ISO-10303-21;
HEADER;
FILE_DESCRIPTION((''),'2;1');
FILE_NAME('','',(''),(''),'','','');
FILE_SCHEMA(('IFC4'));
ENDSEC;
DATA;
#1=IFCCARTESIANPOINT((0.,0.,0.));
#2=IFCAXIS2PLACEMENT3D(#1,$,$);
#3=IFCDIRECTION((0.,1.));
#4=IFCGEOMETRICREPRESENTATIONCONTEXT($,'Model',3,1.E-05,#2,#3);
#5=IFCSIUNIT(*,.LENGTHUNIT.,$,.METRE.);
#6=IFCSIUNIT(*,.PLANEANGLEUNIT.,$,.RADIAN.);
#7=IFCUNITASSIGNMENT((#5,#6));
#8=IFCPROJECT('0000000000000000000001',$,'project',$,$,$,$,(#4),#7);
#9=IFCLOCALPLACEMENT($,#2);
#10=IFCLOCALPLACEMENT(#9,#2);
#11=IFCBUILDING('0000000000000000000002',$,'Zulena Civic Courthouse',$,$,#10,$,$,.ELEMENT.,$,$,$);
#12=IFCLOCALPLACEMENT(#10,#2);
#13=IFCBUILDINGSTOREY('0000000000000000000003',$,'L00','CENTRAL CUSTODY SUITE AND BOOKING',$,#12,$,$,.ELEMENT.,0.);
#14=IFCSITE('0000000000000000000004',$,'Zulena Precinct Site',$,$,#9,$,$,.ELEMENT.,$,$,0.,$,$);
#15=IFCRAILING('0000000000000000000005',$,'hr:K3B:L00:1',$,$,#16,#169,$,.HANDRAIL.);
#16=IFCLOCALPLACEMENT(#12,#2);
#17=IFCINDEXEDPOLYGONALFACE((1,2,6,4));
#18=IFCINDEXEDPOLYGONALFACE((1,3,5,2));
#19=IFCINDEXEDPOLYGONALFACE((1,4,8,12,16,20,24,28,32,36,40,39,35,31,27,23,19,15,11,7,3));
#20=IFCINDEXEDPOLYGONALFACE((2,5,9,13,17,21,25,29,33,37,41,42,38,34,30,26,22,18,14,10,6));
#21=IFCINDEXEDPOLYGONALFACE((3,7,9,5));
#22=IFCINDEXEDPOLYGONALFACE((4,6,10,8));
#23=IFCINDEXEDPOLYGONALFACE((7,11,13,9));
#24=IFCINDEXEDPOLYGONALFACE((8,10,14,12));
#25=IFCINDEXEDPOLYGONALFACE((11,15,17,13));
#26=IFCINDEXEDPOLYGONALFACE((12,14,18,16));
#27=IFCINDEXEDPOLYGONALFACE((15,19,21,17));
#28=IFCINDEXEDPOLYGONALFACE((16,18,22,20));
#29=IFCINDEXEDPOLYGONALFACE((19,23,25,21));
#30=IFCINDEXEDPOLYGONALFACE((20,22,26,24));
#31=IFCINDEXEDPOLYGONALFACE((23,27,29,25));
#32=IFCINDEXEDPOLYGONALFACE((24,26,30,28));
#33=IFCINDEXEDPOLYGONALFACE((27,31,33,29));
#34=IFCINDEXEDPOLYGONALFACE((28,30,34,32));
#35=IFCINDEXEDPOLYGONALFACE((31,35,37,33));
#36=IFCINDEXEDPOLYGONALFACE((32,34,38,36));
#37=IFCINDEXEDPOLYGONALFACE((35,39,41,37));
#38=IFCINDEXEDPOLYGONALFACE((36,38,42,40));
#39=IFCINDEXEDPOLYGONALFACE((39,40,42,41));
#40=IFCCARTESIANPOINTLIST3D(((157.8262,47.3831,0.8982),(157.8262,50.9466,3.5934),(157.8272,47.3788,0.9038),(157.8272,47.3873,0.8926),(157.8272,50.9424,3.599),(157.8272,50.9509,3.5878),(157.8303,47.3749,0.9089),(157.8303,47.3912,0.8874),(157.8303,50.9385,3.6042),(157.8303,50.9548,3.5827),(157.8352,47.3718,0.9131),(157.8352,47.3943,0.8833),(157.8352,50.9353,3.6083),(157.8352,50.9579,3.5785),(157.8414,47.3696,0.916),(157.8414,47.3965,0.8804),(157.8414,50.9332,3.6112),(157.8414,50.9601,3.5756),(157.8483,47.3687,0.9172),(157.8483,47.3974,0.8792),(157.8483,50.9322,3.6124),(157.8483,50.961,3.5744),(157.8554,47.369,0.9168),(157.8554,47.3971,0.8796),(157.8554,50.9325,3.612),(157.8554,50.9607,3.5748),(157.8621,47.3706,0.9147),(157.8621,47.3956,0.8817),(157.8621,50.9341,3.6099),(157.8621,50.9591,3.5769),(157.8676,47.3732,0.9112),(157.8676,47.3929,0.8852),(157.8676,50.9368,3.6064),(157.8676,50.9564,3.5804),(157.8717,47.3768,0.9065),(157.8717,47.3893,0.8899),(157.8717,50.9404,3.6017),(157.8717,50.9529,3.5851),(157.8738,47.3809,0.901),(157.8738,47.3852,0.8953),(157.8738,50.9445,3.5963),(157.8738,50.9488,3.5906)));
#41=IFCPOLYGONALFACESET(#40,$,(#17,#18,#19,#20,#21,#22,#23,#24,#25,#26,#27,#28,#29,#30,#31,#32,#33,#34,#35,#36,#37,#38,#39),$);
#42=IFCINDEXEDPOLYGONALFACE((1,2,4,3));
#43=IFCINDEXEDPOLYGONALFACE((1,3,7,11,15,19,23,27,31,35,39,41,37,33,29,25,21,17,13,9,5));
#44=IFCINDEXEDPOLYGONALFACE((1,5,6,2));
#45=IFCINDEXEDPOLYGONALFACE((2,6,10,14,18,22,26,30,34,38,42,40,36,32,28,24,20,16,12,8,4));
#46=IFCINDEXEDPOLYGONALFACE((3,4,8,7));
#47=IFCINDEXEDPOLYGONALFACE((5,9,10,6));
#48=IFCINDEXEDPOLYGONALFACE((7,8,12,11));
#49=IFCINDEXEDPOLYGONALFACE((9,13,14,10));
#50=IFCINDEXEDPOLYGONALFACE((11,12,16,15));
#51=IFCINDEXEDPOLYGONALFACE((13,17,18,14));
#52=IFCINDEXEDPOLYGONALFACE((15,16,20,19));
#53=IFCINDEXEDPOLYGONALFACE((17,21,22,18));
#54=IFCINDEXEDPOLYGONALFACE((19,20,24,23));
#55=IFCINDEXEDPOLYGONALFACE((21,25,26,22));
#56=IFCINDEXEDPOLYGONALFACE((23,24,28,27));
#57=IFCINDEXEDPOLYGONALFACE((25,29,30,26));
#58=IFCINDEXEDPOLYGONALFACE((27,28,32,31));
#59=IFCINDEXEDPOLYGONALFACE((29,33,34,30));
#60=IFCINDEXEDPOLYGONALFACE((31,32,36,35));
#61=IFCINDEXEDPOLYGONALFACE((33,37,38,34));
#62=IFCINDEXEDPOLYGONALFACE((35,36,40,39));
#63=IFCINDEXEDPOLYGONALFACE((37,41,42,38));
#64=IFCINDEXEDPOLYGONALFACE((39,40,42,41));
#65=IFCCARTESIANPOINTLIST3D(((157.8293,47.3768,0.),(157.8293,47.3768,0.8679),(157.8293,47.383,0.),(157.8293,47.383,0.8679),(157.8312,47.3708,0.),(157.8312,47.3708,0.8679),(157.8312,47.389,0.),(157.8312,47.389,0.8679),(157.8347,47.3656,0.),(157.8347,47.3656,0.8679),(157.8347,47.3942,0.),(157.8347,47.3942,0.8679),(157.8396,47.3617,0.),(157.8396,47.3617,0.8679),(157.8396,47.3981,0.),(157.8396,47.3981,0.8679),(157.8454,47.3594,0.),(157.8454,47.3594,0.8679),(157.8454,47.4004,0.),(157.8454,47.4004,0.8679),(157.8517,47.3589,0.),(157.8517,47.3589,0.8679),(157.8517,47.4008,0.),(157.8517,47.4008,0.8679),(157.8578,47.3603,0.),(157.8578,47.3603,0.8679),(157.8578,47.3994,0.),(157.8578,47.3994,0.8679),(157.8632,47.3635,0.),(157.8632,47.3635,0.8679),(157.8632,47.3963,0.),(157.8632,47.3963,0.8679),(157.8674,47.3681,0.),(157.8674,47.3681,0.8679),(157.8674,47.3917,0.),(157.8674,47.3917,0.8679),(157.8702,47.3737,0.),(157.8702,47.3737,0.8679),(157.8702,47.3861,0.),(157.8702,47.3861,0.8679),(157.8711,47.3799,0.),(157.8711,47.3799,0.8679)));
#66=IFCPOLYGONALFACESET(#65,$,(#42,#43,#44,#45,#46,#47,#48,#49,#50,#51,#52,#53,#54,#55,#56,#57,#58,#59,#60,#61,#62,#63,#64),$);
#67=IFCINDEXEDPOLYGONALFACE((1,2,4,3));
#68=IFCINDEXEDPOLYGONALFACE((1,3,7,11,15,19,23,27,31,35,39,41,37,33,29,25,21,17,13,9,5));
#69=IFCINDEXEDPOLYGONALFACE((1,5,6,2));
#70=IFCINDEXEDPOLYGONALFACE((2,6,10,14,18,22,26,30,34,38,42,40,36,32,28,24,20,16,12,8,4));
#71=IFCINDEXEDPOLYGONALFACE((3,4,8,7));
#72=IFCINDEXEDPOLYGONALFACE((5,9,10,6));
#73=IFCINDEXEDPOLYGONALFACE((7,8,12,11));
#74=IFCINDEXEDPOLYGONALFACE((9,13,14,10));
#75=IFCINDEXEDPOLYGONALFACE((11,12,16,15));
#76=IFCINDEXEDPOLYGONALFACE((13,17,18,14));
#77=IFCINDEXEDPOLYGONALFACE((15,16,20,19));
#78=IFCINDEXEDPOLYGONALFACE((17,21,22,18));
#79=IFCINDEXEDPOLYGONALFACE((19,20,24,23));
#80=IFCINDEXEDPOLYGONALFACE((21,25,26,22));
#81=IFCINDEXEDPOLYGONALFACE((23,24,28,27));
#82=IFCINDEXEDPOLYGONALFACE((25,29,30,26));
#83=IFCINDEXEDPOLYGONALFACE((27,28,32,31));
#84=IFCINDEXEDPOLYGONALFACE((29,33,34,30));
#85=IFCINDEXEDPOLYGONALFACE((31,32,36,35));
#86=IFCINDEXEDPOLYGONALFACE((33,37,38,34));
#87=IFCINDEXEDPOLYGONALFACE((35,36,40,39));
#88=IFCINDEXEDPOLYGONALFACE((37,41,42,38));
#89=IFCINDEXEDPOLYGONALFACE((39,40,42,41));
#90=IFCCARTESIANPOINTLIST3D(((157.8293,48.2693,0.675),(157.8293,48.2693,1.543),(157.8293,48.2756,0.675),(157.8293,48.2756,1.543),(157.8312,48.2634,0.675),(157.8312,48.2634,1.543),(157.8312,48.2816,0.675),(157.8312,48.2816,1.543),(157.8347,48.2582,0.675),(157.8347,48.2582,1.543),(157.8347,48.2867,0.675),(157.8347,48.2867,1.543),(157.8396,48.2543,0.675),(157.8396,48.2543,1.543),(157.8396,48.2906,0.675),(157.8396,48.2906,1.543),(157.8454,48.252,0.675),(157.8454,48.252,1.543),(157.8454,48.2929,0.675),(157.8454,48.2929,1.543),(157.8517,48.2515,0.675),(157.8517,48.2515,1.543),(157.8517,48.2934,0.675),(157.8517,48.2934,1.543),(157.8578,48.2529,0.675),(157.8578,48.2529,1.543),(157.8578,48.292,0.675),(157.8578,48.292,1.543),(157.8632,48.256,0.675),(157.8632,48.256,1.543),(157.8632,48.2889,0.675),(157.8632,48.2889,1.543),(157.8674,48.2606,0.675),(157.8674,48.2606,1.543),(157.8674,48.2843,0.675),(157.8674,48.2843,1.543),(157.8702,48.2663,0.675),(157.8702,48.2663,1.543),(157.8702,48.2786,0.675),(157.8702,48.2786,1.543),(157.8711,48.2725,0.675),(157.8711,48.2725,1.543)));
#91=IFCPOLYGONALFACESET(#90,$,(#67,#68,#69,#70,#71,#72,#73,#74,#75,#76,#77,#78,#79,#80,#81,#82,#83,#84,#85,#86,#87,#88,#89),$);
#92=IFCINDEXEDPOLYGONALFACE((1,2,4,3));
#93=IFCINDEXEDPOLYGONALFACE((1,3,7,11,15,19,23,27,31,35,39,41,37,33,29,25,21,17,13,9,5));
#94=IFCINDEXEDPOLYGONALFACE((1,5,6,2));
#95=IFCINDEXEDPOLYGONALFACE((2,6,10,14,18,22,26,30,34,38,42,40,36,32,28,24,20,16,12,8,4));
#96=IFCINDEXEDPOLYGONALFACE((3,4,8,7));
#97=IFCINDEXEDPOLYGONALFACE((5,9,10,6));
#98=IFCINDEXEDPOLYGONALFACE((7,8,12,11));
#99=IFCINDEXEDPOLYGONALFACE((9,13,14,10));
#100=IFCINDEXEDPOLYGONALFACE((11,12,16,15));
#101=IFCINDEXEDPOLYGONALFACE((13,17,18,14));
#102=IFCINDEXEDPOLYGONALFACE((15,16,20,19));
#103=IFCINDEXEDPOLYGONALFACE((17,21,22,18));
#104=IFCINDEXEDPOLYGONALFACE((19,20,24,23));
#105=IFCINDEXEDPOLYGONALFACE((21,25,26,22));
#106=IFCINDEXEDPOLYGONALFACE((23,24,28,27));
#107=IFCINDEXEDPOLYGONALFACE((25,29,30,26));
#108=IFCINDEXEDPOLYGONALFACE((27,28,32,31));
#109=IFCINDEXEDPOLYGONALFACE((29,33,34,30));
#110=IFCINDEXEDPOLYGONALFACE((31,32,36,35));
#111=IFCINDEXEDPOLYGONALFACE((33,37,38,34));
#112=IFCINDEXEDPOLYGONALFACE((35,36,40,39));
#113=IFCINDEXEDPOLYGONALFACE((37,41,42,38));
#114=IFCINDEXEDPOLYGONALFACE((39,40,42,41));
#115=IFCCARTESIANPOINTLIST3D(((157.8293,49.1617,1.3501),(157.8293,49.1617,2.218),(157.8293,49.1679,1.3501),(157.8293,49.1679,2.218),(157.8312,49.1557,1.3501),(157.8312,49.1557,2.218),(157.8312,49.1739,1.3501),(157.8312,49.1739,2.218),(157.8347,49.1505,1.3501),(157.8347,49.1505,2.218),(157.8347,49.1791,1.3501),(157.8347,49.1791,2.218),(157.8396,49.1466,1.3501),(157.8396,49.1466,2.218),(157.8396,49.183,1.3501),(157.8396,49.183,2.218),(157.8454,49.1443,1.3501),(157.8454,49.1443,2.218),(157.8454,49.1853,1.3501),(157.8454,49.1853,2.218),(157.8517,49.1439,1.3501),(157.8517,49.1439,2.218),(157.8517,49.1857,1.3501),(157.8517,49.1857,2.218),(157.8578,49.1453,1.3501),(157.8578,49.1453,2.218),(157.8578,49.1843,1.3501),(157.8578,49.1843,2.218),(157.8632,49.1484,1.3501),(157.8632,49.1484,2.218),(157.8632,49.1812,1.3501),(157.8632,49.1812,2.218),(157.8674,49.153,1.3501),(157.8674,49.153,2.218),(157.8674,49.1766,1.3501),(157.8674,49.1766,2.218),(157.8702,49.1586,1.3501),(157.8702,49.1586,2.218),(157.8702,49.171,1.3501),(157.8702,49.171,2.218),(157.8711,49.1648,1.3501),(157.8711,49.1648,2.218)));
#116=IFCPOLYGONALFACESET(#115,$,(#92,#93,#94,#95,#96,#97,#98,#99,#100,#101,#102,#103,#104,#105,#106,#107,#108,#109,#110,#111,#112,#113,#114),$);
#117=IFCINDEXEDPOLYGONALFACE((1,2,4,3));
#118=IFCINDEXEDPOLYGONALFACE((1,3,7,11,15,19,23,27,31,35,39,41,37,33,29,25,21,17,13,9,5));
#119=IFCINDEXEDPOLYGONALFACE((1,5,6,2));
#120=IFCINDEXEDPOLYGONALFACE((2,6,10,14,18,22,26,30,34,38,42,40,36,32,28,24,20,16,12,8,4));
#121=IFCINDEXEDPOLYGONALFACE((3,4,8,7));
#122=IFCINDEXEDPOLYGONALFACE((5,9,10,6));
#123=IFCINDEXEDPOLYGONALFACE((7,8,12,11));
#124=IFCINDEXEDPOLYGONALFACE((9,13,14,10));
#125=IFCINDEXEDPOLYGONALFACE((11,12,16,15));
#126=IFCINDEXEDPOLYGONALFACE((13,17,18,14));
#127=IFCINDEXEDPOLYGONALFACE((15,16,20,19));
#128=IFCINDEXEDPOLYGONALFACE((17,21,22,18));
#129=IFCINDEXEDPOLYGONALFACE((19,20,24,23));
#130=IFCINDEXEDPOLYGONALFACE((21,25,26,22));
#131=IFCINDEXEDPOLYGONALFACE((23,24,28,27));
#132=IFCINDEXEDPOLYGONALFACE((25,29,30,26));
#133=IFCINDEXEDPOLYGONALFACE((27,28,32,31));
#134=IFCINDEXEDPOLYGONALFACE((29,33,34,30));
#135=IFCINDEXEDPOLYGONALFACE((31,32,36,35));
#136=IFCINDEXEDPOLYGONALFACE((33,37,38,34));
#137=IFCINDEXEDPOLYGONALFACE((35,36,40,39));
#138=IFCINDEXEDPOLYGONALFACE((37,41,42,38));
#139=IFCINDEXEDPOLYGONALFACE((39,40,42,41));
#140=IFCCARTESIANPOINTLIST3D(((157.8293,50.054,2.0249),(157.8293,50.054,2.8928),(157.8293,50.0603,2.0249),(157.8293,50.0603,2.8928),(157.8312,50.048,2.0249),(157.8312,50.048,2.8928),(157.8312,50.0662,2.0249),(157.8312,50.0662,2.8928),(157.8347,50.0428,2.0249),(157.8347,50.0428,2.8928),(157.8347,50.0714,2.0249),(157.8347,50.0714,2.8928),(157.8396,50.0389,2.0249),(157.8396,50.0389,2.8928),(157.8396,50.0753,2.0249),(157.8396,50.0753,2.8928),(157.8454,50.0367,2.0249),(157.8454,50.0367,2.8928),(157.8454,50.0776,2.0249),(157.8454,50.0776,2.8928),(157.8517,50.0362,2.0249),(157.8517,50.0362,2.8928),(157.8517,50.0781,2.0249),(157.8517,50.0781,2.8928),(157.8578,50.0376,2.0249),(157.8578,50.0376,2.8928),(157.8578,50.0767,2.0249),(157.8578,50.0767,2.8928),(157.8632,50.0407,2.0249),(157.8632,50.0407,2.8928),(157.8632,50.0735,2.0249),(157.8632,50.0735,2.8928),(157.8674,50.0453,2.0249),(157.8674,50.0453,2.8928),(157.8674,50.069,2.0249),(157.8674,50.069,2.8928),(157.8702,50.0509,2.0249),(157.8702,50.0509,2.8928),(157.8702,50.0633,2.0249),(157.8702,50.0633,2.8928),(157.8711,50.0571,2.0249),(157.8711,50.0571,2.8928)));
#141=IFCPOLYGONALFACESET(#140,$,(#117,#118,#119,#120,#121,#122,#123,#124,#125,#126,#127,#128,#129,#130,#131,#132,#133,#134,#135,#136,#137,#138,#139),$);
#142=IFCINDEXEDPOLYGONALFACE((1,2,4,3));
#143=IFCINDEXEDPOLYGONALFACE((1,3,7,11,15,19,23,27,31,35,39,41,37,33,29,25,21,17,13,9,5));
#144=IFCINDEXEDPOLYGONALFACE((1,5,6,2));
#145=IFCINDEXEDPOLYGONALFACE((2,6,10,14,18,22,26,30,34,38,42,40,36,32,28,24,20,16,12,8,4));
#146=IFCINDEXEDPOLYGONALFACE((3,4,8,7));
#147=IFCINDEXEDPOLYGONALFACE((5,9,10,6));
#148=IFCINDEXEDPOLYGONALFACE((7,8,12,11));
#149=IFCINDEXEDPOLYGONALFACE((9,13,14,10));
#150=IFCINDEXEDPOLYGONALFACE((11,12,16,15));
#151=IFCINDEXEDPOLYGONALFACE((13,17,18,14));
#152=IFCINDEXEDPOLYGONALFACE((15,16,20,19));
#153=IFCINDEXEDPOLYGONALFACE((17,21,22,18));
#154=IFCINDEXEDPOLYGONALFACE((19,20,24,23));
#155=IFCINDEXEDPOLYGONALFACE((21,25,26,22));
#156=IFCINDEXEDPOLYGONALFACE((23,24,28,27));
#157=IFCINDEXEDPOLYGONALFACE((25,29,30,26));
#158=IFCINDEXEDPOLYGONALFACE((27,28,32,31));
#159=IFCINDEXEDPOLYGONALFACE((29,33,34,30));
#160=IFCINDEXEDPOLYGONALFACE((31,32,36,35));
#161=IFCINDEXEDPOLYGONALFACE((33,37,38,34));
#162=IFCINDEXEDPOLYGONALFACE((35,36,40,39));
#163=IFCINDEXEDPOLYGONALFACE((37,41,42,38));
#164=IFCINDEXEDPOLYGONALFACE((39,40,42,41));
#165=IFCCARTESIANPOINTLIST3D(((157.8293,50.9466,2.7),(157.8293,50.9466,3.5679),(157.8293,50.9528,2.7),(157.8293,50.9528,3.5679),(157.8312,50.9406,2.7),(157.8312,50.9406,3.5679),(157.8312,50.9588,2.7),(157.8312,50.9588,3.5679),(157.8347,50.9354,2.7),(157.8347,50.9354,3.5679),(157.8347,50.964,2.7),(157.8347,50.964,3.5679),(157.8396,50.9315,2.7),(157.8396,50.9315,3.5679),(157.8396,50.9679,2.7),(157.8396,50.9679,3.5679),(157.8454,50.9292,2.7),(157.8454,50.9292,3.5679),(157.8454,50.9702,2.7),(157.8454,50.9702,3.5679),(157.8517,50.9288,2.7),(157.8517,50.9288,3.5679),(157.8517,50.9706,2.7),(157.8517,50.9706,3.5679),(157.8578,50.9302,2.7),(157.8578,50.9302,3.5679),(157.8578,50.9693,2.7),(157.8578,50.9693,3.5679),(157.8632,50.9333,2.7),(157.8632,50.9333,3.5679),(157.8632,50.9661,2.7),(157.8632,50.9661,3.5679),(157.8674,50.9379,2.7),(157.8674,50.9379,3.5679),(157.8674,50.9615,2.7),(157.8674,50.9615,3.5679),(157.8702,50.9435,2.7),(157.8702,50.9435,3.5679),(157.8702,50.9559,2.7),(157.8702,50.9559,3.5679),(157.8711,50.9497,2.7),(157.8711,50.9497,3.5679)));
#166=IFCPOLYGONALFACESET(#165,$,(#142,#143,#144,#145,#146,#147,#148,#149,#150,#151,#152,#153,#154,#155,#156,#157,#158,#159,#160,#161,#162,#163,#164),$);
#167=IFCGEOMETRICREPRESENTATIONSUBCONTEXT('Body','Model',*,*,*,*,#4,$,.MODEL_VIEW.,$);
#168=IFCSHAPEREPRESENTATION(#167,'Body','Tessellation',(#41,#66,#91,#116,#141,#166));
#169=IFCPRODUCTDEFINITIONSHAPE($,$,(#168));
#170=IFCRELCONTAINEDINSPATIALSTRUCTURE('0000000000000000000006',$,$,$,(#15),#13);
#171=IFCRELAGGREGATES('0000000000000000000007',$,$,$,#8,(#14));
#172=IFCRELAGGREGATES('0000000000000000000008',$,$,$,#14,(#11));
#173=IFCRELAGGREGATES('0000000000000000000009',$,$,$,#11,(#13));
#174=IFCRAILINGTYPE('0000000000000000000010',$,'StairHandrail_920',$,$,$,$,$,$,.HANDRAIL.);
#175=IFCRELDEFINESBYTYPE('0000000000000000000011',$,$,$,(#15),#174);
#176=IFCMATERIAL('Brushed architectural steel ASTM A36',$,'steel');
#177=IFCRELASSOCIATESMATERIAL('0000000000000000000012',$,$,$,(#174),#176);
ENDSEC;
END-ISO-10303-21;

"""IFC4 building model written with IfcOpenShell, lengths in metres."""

from ifc_helpers import new_model, si_unit, direction, frame, origin, origin_2d, place, context, subcontext, project, spatial, circle, extrude, material, type_object, element, save


model = new_model("IFC4")

# Units and contexts
model_context = context("Model", 3, precision=1e-05, world=origin(), true_north=direction((0.0, 1.0)))
body_context = subcontext(model_context, "Body", "Model", "MODEL_VIEW")
ifc_project = project(units=[si_unit("LENGTHUNIT", "METRE"), si_unit("PLANEANGLEUNIT", "RADIAN")], contexts=[model_context])

# Site, building, storey
site_placement = place(None, origin())
site = spatial("IfcSite", under=ifc_project, at=site_placement, Name="Zulena Precinct Site", CompositionType="ELEMENT", RefElevation=0.0)
building_placement = place(site_placement, origin())
building = spatial("IfcBuilding", under=site, at=building_placement, Name="Zulena Civic Courthouse", CompositionType="ELEMENT")
storey_placement = place(building_placement, origin())
storey = spatial("IfcBuildingStorey", under=building, at=storey_placement, Name="L00", Description="CENTRAL CUSTODY SUITE AND BOOKING", CompositionType="ELEMENT", Elevation=0.0)

# Railing
ifc_material_1 = material(Name="Brushed architectural steel ASTM A36", Category="steel")
railing_type_1 = type_object("IfcRailingType", Name="StairHandrail_920", PredefinedType="HANDRAIL", material=ifc_material_1)
railing_1_placement = place(storey_placement, frame((157.8501, 47.3799, 0.0)))
element("IfcRailing", 1, at=railing_1_placement, inside=storey, type_object=railing_type_1, Name="hr:K3B:L00:1", PredefinedType="HANDRAIL", context=body_context, shape_type="SweptSolid", body=[
    extrude(circle(Radius=0.0239, at=origin_2d()), frame((0.0, 0.0032, 0.8982), z_axis=(0.0, 0.797572, 0.603224), x_axis=(-1.0, 0.0, 0.0)), (0.0, 0.0, 1.0), 4.468),
    extrude(circle(Radius=0.021, at=origin_2d()), origin(), (0.0, 0.0, 1.0), 0.8679),
    extrude(circle(Radius=0.021, at=origin_2d()), frame((0.0, 0.8926, 0.675)), (0.0, 0.0, 1.0), 0.8679),
    extrude(circle(Radius=0.021, at=origin_2d()), frame((0.0, 1.7849, 1.3501)), (0.0, 0.0, 1.0), 0.8679),
    extrude(circle(Radius=0.021, at=origin_2d()), frame((0.0, 2.6772, 2.0249)), (0.0, 0.0, 1.0), 0.8679),
    extrude(circle(Radius=0.021, at=origin_2d()), frame((0.0, 3.5698, 2.7)), (0.0, 0.0, 1.0), 0.8679),
])

save(model, "model.ifc")
